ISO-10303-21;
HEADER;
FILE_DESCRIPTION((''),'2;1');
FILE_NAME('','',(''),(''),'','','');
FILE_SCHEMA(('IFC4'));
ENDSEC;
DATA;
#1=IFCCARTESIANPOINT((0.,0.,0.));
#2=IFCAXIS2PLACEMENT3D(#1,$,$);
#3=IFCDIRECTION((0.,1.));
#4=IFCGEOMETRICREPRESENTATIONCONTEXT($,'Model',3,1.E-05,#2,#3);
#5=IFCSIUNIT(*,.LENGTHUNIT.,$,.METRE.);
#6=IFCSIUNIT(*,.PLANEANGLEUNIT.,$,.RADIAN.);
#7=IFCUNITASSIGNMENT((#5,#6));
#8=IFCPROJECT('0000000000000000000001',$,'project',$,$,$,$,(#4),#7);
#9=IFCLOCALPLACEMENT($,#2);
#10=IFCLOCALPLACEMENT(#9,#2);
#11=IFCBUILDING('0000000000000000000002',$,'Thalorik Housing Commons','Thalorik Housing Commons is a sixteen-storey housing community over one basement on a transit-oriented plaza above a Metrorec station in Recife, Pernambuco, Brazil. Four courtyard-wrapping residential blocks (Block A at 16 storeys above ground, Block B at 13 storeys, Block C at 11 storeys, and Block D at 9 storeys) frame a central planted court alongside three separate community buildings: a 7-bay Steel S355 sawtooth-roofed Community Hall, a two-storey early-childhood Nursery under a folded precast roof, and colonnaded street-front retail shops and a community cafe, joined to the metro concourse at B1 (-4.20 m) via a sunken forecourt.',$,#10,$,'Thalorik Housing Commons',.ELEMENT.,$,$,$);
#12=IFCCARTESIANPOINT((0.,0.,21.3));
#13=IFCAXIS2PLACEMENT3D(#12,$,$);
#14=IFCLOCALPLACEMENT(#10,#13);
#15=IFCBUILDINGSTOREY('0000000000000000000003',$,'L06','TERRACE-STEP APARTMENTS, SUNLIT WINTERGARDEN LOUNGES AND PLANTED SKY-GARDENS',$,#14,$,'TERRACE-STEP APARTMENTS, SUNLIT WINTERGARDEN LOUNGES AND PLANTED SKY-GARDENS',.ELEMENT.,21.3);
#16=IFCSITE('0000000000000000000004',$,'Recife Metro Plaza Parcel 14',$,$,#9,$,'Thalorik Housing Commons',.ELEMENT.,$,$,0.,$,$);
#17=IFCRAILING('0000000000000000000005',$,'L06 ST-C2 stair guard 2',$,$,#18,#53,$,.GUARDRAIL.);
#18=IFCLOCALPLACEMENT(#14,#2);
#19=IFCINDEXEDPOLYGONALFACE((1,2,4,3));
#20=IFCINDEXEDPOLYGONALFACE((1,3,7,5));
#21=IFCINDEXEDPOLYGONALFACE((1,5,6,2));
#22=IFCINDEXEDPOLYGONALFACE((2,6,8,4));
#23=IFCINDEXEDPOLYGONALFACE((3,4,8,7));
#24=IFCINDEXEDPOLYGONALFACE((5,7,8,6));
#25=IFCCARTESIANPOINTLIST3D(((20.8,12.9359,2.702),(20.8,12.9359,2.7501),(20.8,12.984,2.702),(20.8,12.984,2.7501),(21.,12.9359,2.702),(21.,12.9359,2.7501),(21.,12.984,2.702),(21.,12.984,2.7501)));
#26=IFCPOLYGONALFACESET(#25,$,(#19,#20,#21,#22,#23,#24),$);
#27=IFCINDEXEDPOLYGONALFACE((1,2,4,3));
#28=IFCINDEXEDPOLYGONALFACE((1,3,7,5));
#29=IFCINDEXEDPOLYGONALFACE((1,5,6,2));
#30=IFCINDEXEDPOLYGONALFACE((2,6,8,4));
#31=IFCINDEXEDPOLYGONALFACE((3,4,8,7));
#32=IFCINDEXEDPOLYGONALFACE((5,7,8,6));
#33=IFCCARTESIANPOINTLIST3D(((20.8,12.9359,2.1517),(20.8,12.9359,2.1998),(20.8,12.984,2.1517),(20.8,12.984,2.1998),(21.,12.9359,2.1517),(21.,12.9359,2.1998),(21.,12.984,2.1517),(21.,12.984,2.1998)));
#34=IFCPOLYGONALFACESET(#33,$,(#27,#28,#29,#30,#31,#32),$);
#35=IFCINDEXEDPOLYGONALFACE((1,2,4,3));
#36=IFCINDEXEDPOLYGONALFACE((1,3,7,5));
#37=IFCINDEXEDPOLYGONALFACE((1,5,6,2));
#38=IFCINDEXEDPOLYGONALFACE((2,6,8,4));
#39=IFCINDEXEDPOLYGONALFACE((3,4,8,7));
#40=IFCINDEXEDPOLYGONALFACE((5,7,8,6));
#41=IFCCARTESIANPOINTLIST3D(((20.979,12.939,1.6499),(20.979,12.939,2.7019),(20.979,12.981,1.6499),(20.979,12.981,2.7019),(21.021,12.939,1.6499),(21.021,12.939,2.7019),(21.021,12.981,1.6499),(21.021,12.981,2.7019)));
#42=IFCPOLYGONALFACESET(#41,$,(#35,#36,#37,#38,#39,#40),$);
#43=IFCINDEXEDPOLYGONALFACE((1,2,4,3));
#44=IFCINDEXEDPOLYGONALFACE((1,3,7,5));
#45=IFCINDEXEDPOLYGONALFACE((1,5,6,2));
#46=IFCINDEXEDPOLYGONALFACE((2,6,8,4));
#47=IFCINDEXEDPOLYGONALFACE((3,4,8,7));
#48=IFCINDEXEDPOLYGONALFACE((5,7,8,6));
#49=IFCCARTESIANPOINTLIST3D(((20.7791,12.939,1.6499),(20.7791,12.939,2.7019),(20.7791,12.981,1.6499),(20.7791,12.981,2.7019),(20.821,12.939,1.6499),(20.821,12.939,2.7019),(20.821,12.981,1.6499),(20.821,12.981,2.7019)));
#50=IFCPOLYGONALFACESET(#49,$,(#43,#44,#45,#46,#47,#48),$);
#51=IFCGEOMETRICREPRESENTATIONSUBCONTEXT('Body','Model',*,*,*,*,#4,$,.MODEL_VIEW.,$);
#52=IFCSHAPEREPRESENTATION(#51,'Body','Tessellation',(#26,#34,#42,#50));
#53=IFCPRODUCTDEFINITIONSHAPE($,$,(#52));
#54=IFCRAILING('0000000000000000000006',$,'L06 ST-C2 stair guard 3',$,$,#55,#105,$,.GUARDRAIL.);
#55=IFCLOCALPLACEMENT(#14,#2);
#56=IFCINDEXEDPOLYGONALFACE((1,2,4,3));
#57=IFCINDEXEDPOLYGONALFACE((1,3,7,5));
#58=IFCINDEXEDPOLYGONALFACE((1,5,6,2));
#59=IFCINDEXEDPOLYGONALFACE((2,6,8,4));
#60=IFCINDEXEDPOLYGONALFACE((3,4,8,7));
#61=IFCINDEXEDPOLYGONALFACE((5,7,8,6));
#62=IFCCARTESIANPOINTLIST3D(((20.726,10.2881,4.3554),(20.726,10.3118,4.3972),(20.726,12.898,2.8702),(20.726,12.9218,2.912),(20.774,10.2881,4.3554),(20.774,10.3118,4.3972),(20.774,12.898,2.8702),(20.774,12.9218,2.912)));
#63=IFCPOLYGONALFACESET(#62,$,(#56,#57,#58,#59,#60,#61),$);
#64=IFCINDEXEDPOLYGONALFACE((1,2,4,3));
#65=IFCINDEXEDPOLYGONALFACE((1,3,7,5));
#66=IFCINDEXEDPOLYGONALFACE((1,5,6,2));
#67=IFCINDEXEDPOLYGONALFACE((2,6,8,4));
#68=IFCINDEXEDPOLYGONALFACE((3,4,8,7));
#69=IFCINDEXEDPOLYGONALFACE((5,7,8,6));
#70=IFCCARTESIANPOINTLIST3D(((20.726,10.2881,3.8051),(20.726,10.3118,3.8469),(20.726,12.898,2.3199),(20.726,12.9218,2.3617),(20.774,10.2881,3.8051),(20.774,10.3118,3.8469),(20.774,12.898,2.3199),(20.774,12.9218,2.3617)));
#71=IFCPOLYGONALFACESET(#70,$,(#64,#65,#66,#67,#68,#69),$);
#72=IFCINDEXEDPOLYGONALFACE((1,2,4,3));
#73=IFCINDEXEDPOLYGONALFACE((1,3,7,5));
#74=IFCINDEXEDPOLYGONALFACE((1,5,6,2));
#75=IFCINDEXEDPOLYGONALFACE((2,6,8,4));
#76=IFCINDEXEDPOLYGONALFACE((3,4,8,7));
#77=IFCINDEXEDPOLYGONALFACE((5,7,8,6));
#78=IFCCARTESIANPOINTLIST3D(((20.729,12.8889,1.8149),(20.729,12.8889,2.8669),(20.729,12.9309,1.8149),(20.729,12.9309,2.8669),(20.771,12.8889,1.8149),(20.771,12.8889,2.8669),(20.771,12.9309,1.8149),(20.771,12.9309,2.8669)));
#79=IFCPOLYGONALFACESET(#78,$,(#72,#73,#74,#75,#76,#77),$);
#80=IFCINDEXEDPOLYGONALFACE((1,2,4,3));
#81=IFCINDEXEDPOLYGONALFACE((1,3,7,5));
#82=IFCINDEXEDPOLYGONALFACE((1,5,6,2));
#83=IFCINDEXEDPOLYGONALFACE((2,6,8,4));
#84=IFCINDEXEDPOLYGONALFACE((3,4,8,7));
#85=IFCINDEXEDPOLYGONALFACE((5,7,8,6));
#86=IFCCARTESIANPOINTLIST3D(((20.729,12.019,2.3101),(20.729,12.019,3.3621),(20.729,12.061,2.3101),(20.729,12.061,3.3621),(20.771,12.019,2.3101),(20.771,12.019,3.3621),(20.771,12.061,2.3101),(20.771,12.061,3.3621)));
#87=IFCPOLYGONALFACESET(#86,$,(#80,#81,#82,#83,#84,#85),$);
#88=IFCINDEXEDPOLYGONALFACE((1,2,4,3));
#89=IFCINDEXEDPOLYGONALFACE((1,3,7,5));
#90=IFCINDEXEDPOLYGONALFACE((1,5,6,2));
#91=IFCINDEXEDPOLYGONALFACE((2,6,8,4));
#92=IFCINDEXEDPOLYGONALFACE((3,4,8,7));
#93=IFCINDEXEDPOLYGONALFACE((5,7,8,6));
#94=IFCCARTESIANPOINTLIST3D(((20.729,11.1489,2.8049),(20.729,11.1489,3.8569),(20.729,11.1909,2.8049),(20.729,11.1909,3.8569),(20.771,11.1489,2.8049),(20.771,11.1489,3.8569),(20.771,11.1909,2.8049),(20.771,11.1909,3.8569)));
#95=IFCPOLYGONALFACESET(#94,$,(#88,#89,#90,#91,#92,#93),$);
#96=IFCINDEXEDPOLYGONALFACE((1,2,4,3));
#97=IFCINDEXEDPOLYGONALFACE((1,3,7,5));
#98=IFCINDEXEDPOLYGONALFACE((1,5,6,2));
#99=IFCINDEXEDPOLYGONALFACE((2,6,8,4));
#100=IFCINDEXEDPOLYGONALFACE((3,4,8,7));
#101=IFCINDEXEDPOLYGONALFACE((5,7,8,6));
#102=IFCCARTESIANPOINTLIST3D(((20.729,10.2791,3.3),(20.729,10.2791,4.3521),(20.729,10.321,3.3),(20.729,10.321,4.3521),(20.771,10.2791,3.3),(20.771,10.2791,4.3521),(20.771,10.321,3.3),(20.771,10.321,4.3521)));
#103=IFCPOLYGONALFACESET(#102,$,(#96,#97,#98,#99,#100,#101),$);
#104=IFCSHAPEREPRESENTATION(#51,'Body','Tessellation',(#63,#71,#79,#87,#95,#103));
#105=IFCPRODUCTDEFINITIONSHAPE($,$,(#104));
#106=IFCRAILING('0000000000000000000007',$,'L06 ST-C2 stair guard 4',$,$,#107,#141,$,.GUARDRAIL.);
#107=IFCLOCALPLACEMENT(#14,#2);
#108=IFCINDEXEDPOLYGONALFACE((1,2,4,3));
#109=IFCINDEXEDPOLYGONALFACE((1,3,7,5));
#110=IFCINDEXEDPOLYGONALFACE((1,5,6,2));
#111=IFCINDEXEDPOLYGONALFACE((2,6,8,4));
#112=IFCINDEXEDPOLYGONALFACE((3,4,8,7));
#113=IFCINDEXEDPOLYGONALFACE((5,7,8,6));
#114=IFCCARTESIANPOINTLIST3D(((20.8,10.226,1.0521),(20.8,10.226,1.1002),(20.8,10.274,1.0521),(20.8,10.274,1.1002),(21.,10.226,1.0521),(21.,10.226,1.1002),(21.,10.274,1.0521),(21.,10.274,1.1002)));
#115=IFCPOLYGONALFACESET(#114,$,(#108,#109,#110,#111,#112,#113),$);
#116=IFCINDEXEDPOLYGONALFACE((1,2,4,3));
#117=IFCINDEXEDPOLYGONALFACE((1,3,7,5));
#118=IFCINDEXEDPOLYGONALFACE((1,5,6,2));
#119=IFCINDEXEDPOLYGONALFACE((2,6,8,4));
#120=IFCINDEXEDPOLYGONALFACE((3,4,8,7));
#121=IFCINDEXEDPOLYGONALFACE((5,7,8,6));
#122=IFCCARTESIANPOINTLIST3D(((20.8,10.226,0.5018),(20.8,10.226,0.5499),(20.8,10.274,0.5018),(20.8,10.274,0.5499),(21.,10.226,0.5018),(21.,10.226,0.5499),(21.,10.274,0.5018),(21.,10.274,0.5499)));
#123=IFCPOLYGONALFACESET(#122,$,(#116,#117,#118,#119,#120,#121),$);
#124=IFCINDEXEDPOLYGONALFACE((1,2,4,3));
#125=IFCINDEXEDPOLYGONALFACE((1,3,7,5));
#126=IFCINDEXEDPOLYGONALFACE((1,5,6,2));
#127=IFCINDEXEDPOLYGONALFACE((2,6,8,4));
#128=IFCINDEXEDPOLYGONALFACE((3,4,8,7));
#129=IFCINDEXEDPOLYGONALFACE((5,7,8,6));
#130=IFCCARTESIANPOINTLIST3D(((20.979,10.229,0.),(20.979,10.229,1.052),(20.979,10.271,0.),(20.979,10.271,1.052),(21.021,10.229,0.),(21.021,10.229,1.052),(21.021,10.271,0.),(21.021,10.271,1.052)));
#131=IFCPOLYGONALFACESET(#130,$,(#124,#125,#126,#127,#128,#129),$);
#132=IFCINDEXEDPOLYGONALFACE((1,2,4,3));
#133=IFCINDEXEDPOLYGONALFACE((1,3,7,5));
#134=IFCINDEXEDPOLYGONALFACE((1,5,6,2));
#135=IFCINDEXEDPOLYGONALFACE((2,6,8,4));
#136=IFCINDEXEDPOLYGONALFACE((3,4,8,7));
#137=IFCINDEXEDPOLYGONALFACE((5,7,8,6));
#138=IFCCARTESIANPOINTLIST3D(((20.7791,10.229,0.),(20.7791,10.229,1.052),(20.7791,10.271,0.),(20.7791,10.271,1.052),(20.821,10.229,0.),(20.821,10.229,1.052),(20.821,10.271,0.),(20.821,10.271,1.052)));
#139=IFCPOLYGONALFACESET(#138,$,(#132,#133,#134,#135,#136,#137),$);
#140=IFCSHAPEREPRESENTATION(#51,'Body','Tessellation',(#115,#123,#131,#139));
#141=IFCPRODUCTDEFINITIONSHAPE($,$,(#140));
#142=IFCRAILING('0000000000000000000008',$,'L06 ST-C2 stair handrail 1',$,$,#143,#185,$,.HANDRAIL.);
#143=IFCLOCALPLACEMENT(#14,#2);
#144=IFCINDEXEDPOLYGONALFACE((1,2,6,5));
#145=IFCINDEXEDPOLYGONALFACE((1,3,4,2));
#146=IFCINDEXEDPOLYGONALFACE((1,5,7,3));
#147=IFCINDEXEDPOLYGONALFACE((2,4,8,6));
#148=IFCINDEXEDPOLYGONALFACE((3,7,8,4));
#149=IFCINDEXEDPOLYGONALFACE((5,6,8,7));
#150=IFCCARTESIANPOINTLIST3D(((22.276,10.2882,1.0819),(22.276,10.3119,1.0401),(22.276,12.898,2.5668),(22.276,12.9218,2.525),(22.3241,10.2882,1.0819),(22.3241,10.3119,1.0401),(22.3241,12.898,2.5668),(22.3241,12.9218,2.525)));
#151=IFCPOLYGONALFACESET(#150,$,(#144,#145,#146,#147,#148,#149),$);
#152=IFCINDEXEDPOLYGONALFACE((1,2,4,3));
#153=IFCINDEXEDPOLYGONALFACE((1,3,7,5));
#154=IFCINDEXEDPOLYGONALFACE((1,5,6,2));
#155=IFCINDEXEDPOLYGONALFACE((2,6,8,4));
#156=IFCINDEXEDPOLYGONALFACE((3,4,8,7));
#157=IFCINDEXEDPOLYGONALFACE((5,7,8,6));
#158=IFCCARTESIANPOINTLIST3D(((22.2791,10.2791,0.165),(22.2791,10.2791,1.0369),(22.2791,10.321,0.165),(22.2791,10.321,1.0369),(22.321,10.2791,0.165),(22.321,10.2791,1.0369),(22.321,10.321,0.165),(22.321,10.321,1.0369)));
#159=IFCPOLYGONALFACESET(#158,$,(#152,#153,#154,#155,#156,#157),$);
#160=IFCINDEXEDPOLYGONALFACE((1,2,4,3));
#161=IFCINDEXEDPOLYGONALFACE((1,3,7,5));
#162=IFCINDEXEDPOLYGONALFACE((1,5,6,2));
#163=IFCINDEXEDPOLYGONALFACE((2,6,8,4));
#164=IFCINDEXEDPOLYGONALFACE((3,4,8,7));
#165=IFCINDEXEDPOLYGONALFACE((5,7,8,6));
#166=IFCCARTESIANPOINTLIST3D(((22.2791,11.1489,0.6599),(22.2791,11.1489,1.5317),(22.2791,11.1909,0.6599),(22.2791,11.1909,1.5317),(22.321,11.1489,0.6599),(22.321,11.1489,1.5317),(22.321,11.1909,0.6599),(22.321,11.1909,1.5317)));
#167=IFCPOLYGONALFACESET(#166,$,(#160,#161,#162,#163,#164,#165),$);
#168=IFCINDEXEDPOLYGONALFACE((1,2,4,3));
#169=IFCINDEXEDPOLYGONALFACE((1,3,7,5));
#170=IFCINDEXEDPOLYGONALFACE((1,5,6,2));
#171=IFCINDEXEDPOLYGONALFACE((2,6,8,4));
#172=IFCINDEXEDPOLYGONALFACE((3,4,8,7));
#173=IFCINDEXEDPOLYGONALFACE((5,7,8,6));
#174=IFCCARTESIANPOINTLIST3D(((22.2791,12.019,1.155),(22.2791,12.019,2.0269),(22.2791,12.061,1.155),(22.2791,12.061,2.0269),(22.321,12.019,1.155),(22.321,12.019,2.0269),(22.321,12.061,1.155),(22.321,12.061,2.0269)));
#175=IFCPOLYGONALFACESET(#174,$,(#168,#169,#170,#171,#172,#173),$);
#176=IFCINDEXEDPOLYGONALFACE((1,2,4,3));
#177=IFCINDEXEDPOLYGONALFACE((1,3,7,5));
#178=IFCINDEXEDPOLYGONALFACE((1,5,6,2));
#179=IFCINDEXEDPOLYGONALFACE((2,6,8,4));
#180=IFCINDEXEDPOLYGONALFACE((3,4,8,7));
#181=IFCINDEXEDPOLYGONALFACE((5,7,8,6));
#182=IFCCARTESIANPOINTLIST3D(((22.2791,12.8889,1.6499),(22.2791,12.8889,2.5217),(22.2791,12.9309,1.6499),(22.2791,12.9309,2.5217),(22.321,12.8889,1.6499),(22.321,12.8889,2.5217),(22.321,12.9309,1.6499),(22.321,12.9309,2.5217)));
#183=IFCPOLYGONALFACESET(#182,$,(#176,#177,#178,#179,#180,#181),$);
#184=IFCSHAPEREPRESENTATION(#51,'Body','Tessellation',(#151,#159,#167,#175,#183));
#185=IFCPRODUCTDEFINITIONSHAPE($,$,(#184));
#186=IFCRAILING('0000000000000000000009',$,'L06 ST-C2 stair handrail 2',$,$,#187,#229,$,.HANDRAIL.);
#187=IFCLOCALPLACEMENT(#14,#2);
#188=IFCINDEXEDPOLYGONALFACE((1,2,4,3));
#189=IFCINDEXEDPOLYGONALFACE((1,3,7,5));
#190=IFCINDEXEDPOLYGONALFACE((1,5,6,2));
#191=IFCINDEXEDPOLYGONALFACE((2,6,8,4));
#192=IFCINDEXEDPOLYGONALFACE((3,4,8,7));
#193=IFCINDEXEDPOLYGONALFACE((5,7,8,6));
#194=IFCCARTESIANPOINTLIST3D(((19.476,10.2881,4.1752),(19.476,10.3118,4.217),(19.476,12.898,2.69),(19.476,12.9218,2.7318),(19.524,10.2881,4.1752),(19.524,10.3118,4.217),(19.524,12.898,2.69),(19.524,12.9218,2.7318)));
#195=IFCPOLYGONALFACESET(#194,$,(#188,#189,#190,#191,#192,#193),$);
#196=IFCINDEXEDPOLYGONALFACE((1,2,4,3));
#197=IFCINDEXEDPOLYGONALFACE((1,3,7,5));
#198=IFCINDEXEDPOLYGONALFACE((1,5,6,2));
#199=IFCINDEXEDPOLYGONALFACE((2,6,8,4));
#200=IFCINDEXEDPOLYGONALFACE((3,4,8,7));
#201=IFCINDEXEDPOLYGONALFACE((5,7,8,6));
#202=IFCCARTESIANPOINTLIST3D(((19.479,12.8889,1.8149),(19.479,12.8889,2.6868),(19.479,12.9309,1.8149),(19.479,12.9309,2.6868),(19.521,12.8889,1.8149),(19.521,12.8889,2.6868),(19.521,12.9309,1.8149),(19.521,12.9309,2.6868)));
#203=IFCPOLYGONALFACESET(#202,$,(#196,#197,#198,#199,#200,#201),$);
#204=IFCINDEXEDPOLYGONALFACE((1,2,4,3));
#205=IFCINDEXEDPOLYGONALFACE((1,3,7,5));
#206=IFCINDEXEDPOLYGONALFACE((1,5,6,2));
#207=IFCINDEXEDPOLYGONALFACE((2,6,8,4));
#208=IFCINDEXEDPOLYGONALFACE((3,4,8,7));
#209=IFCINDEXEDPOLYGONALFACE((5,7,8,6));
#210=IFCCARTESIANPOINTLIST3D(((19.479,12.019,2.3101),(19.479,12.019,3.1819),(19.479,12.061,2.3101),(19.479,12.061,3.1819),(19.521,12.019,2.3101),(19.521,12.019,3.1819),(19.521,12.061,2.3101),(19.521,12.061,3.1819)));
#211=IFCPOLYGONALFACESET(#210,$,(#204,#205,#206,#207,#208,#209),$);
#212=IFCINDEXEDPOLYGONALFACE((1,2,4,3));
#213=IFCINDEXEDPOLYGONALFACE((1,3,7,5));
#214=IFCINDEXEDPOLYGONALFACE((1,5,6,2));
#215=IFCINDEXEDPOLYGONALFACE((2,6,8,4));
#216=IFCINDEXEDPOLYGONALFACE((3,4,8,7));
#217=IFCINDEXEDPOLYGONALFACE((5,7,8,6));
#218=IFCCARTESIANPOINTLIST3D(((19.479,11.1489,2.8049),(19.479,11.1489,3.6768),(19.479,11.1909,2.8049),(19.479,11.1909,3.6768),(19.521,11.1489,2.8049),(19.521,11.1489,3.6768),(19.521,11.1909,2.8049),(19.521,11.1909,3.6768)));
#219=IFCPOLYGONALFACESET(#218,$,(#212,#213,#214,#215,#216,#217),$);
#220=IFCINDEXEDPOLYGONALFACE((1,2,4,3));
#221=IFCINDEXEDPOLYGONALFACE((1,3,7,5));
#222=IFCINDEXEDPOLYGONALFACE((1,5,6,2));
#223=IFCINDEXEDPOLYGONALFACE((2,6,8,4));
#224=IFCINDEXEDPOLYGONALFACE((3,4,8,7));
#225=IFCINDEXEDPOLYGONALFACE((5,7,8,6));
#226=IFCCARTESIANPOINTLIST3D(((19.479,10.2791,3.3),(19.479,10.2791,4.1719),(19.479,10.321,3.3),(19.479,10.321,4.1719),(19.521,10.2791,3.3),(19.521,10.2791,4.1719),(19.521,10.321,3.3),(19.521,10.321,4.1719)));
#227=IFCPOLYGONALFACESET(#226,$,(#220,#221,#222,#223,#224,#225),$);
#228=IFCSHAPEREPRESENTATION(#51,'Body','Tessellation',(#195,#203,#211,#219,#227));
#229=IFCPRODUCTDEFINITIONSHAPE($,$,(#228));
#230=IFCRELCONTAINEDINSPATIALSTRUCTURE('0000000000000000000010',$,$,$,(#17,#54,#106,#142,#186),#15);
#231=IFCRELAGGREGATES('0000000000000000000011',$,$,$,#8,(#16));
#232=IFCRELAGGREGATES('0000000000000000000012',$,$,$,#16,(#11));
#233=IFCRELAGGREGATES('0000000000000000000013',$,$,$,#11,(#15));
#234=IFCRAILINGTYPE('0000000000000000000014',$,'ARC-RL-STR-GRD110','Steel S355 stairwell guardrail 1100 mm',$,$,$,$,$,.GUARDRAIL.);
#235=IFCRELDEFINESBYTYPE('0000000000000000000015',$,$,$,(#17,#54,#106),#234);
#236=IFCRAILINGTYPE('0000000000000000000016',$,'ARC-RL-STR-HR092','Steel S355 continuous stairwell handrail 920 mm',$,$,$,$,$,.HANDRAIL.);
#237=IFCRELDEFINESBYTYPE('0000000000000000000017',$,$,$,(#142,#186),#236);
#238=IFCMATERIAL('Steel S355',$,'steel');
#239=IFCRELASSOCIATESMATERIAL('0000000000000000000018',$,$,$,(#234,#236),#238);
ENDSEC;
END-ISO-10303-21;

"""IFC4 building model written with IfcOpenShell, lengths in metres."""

from ifc_helpers import new_model, si_unit, direction, frame, origin, origin_2d, place, context, subcontext, project, spatial, rectangle, extrude, material, type_object, element, save


model = new_model("IFC4")

# Units and contexts
model_context = context("Model", 3, precision=1e-05, world=origin(), true_north=direction((0.0, 1.0)))
body_context = subcontext(model_context, "Body", "Model", "MODEL_VIEW")
ifc_project = project(units=[si_unit("LENGTHUNIT", "METRE"), si_unit("PLANEANGLEUNIT", "RADIAN")], contexts=[model_context])

# Site, building, storey
site_placement = place(None, origin())
site = spatial("IfcSite", under=ifc_project, at=site_placement, Name="Recife Metro Plaza Parcel 14", LongName="Thalorik Housing Commons", CompositionType="ELEMENT", RefElevation=0.0)
building_placement = place(site_placement, origin())
building = spatial("IfcBuilding", under=site, at=building_placement, Name="Thalorik Housing Commons", Description="Thalorik Housing Commons is a sixteen-storey housing community over one basement on a transit-oriented plaza above a Metrorec station in Recife, Pernambuco, Brazil. Four courtyard-wrapping residential blocks (Block A at 16 storeys above ground, Block B at 13 storeys, Block C at 11 storeys, and Block D at 9 storeys) frame a central planted court alongside three separate community buildings: a 7-bay Steel S355 sawtooth-roofed Community Hall, a two-storey early-childhood Nursery under a folded precast roof, and colonnaded street-front retail shops and a community cafe, joined to the metro concourse at B1 (-4.20 m) via a sunken forecourt.", LongName="Thalorik Housing Commons", CompositionType="ELEMENT")
storey_placement = place(building_placement, frame((0.0, 0.0, 21.3)))
storey = spatial("IfcBuildingStorey", under=building, at=storey_placement, Name="L06", Description="TERRACE-STEP APARTMENTS, SUNLIT WINTERGARDEN LOUNGES AND PLANTED SKY-GARDENS", LongName="TERRACE-STEP APARTMENTS, SUNLIT WINTERGARDEN LOUNGES AND PLANTED SKY-GARDENS", CompositionType="ELEMENT", Elevation=21.3)

# Shared definitions
ifc_material_1 = material(Name="Steel S355", Category="steel")

# Railings
railing_type_1 = type_object("IfcRailingType", Name="ARC-RL-STR-GRD110", Description="Steel S355 stairwell guardrail 1100 mm", PredefinedType="GUARDRAIL", material=ifc_material_1)
railing_1_placement = place(storey_placement, frame((21.0, 12.96, 1.6499)))
element("IfcRailing", 1, at=railing_1_placement, inside=storey, type_object=railing_type_1, Name="L06 ST-C2 stair guard 2", PredefinedType="GUARDRAIL", context=body_context, shape_type="SweptSolid", body=[
    extrude(rectangle(XDim=0.0481, YDim=0.0481, at=origin_2d()), frame((0.0, 0.0, 1.0762), z_axis=(-1.0, 0.0, 0.0), x_axis=(0.0, -1.0, 0.0)), (0.0, 0.0, 1.0), 0.2),
    extrude(rectangle(XDim=0.0481, YDim=0.0481, at=origin_2d()), frame((0.0, 0.0, 0.5259), z_axis=(-1.0, 0.0, 0.0), x_axis=(0.0, -1.0, 0.0)), (0.0, 0.0, 1.0), 0.2),
    extrude(rectangle(XDim=0.042, YDim=0.042, at=origin_2d()), origin(), (0.0, 0.0, 1.0), 1.052),
    extrude(rectangle(XDim=0.042, YDim=0.042, at=origin_2d()), frame((-0.2, 0.0, 0.0)), (0.0, 0.0, 1.0), 1.052),
])
railing_2_placement = place(storey_placement, frame((20.75, 12.9099, 1.8149)))
element("IfcRailing", 2, at=railing_2_placement, inside=storey, type_object=railing_type_1, Name="L06 ST-C2 stair guard 3", PredefinedType="GUARDRAIL", context=body_context, shape_type="SweptSolid", body=[
    extrude(rectangle(XDim=0.0481, YDim=0.0481, at=origin_2d()), frame((0.0, 0.0, 1.0762), z_axis=(0.0, -0.869137, 0.494571), x_axis=(1.0, 0.0, 0.0)), (0.0, 0.0, 1.0), 3.0029),
    extrude(rectangle(XDim=0.0481, YDim=0.0481, at=origin_2d()), frame((0.0, 0.0, 0.5259), z_axis=(0.0, -0.869137, 0.494571), x_axis=(1.0, 0.0, 0.0)), (0.0, 0.0, 1.0), 3.0029),
    extrude(rectangle(XDim=0.042, YDim=0.042, at=origin_2d()), origin(), (0.0, 0.0, 1.0), 1.052),
    extrude(rectangle(XDim=0.042, YDim=0.042, at=origin_2d()), frame((0.0, -0.8699, 0.4951)), (0.0, 0.0, 1.0), 1.052),
    extrude(rectangle(XDim=0.042, YDim=0.042, at=origin_2d()), frame((0.0, -1.74, 0.99)), (0.0, 0.0, 1.0), 1.052),
    extrude(rectangle(XDim=0.042, YDim=0.042, at=origin_2d()), frame((0.0, -2.6099, 1.4851)), (0.0, 0.0, 1.0), 1.052),
])
railing_3_placement = place(storey_placement, frame((21.0, 10.25, 0.0)))
element("IfcRailing", 3, at=railing_3_placement, inside=storey, type_object=railing_type_1, Name="L06 ST-C2 stair guard 4", PredefinedType="GUARDRAIL", context=body_context, shape_type="SweptSolid", body=[
    extrude(rectangle(XDim=0.0481, YDim=0.0481, at=origin_2d()), frame((0.0, 0.0, 1.0762), z_axis=(-1.0, 0.0, 0.0), x_axis=(0.0, -1.0, 0.0)), (0.0, 0.0, 1.0), 0.2),
    extrude(rectangle(XDim=0.0481, YDim=0.0481, at=origin_2d()), frame((0.0, 0.0, 0.5259), z_axis=(-1.0, 0.0, 0.0), x_axis=(0.0, -1.0, 0.0)), (0.0, 0.0, 1.0), 0.2),
    extrude(rectangle(XDim=0.042, YDim=0.042, at=origin_2d()), origin(), (0.0, 0.0, 1.0), 1.052),
    extrude(rectangle(XDim=0.042, YDim=0.042, at=origin_2d()), frame((-0.2, 0.0, 0.0)), (0.0, 0.0, 1.0), 1.052),
])
railing_type_2 = type_object("IfcRailingType", Name="ARC-RL-STR-HR092", Description="Steel S355 continuous stairwell handrail 920 mm", PredefinedType="HANDRAIL", material=ifc_material_1)
railing_4_placement = place(storey_placement, frame((22.3, 10.3, 0.165)))
element("IfcRailing", 4, at=railing_4_placement, inside=storey, type_object=railing_type_2, Name="L06 ST-C2 stair handrail 1", PredefinedType="HANDRAIL", context=body_context, shape_type="SweptSolid", body=[
    extrude(rectangle(XDim=0.0481, YDim=0.0481, at=origin_2d()), frame((0.0, 0.0, 0.896), z_axis=(0.0, 0.869172, 0.494509), x_axis=(-1.0, 0.0, 0.0)), (0.0, 0.0, 1.0), 3.0027),
    extrude(rectangle(XDim=0.042, YDim=0.042, at=origin_2d()), origin(), (0.0, 0.0, 1.0), 0.8718),
    extrude(rectangle(XDim=0.042, YDim=0.042, at=origin_2d()), frame((0.0, 0.8699, 0.4949)), (0.0, 0.0, 1.0), 0.8718),
    extrude(rectangle(XDim=0.042, YDim=0.042, at=origin_2d()), frame((0.0, 1.74, 0.99)), (0.0, 0.0, 1.0), 0.8718),
    extrude(rectangle(XDim=0.042, YDim=0.042, at=origin_2d()), frame((0.0, 2.6099, 1.4849)), (0.0, 0.0, 1.0), 0.8718),
])
railing_5_placement = place(storey_placement, frame((19.5, 12.9099, 1.8149)))
element("IfcRailing", 5, at=railing_5_placement, inside=storey, type_object=railing_type_2, Name="L06 ST-C2 stair handrail 2", PredefinedType="HANDRAIL", context=body_context, shape_type="SweptSolid", body=[
    extrude(rectangle(XDim=0.0481, YDim=0.0481, at=origin_2d()), frame((0.0, 0.0, 0.896), z_axis=(0.0, -0.869137, 0.494571), x_axis=(1.0, 0.0, 0.0)), (0.0, 0.0, 1.0), 3.0029),
    extrude(rectangle(XDim=0.042, YDim=0.042, at=origin_2d()), origin(), (0.0, 0.0, 1.0), 0.8718),
    extrude(rectangle(XDim=0.042, YDim=0.042, at=origin_2d()), frame((0.0, -0.8699, 0.4951)), (0.0, 0.0, 1.0), 0.8718),
    extrude(rectangle(XDim=0.042, YDim=0.042, at=origin_2d()), frame((0.0, -1.74, 0.99)), (0.0, 0.0, 1.0), 0.8718),
    extrude(rectangle(XDim=0.042, YDim=0.042, at=origin_2d()), frame((0.0, -2.6099, 1.4851)), (0.0, 0.0, 1.0), 0.8718),
])

save(model, "model.ifc")
